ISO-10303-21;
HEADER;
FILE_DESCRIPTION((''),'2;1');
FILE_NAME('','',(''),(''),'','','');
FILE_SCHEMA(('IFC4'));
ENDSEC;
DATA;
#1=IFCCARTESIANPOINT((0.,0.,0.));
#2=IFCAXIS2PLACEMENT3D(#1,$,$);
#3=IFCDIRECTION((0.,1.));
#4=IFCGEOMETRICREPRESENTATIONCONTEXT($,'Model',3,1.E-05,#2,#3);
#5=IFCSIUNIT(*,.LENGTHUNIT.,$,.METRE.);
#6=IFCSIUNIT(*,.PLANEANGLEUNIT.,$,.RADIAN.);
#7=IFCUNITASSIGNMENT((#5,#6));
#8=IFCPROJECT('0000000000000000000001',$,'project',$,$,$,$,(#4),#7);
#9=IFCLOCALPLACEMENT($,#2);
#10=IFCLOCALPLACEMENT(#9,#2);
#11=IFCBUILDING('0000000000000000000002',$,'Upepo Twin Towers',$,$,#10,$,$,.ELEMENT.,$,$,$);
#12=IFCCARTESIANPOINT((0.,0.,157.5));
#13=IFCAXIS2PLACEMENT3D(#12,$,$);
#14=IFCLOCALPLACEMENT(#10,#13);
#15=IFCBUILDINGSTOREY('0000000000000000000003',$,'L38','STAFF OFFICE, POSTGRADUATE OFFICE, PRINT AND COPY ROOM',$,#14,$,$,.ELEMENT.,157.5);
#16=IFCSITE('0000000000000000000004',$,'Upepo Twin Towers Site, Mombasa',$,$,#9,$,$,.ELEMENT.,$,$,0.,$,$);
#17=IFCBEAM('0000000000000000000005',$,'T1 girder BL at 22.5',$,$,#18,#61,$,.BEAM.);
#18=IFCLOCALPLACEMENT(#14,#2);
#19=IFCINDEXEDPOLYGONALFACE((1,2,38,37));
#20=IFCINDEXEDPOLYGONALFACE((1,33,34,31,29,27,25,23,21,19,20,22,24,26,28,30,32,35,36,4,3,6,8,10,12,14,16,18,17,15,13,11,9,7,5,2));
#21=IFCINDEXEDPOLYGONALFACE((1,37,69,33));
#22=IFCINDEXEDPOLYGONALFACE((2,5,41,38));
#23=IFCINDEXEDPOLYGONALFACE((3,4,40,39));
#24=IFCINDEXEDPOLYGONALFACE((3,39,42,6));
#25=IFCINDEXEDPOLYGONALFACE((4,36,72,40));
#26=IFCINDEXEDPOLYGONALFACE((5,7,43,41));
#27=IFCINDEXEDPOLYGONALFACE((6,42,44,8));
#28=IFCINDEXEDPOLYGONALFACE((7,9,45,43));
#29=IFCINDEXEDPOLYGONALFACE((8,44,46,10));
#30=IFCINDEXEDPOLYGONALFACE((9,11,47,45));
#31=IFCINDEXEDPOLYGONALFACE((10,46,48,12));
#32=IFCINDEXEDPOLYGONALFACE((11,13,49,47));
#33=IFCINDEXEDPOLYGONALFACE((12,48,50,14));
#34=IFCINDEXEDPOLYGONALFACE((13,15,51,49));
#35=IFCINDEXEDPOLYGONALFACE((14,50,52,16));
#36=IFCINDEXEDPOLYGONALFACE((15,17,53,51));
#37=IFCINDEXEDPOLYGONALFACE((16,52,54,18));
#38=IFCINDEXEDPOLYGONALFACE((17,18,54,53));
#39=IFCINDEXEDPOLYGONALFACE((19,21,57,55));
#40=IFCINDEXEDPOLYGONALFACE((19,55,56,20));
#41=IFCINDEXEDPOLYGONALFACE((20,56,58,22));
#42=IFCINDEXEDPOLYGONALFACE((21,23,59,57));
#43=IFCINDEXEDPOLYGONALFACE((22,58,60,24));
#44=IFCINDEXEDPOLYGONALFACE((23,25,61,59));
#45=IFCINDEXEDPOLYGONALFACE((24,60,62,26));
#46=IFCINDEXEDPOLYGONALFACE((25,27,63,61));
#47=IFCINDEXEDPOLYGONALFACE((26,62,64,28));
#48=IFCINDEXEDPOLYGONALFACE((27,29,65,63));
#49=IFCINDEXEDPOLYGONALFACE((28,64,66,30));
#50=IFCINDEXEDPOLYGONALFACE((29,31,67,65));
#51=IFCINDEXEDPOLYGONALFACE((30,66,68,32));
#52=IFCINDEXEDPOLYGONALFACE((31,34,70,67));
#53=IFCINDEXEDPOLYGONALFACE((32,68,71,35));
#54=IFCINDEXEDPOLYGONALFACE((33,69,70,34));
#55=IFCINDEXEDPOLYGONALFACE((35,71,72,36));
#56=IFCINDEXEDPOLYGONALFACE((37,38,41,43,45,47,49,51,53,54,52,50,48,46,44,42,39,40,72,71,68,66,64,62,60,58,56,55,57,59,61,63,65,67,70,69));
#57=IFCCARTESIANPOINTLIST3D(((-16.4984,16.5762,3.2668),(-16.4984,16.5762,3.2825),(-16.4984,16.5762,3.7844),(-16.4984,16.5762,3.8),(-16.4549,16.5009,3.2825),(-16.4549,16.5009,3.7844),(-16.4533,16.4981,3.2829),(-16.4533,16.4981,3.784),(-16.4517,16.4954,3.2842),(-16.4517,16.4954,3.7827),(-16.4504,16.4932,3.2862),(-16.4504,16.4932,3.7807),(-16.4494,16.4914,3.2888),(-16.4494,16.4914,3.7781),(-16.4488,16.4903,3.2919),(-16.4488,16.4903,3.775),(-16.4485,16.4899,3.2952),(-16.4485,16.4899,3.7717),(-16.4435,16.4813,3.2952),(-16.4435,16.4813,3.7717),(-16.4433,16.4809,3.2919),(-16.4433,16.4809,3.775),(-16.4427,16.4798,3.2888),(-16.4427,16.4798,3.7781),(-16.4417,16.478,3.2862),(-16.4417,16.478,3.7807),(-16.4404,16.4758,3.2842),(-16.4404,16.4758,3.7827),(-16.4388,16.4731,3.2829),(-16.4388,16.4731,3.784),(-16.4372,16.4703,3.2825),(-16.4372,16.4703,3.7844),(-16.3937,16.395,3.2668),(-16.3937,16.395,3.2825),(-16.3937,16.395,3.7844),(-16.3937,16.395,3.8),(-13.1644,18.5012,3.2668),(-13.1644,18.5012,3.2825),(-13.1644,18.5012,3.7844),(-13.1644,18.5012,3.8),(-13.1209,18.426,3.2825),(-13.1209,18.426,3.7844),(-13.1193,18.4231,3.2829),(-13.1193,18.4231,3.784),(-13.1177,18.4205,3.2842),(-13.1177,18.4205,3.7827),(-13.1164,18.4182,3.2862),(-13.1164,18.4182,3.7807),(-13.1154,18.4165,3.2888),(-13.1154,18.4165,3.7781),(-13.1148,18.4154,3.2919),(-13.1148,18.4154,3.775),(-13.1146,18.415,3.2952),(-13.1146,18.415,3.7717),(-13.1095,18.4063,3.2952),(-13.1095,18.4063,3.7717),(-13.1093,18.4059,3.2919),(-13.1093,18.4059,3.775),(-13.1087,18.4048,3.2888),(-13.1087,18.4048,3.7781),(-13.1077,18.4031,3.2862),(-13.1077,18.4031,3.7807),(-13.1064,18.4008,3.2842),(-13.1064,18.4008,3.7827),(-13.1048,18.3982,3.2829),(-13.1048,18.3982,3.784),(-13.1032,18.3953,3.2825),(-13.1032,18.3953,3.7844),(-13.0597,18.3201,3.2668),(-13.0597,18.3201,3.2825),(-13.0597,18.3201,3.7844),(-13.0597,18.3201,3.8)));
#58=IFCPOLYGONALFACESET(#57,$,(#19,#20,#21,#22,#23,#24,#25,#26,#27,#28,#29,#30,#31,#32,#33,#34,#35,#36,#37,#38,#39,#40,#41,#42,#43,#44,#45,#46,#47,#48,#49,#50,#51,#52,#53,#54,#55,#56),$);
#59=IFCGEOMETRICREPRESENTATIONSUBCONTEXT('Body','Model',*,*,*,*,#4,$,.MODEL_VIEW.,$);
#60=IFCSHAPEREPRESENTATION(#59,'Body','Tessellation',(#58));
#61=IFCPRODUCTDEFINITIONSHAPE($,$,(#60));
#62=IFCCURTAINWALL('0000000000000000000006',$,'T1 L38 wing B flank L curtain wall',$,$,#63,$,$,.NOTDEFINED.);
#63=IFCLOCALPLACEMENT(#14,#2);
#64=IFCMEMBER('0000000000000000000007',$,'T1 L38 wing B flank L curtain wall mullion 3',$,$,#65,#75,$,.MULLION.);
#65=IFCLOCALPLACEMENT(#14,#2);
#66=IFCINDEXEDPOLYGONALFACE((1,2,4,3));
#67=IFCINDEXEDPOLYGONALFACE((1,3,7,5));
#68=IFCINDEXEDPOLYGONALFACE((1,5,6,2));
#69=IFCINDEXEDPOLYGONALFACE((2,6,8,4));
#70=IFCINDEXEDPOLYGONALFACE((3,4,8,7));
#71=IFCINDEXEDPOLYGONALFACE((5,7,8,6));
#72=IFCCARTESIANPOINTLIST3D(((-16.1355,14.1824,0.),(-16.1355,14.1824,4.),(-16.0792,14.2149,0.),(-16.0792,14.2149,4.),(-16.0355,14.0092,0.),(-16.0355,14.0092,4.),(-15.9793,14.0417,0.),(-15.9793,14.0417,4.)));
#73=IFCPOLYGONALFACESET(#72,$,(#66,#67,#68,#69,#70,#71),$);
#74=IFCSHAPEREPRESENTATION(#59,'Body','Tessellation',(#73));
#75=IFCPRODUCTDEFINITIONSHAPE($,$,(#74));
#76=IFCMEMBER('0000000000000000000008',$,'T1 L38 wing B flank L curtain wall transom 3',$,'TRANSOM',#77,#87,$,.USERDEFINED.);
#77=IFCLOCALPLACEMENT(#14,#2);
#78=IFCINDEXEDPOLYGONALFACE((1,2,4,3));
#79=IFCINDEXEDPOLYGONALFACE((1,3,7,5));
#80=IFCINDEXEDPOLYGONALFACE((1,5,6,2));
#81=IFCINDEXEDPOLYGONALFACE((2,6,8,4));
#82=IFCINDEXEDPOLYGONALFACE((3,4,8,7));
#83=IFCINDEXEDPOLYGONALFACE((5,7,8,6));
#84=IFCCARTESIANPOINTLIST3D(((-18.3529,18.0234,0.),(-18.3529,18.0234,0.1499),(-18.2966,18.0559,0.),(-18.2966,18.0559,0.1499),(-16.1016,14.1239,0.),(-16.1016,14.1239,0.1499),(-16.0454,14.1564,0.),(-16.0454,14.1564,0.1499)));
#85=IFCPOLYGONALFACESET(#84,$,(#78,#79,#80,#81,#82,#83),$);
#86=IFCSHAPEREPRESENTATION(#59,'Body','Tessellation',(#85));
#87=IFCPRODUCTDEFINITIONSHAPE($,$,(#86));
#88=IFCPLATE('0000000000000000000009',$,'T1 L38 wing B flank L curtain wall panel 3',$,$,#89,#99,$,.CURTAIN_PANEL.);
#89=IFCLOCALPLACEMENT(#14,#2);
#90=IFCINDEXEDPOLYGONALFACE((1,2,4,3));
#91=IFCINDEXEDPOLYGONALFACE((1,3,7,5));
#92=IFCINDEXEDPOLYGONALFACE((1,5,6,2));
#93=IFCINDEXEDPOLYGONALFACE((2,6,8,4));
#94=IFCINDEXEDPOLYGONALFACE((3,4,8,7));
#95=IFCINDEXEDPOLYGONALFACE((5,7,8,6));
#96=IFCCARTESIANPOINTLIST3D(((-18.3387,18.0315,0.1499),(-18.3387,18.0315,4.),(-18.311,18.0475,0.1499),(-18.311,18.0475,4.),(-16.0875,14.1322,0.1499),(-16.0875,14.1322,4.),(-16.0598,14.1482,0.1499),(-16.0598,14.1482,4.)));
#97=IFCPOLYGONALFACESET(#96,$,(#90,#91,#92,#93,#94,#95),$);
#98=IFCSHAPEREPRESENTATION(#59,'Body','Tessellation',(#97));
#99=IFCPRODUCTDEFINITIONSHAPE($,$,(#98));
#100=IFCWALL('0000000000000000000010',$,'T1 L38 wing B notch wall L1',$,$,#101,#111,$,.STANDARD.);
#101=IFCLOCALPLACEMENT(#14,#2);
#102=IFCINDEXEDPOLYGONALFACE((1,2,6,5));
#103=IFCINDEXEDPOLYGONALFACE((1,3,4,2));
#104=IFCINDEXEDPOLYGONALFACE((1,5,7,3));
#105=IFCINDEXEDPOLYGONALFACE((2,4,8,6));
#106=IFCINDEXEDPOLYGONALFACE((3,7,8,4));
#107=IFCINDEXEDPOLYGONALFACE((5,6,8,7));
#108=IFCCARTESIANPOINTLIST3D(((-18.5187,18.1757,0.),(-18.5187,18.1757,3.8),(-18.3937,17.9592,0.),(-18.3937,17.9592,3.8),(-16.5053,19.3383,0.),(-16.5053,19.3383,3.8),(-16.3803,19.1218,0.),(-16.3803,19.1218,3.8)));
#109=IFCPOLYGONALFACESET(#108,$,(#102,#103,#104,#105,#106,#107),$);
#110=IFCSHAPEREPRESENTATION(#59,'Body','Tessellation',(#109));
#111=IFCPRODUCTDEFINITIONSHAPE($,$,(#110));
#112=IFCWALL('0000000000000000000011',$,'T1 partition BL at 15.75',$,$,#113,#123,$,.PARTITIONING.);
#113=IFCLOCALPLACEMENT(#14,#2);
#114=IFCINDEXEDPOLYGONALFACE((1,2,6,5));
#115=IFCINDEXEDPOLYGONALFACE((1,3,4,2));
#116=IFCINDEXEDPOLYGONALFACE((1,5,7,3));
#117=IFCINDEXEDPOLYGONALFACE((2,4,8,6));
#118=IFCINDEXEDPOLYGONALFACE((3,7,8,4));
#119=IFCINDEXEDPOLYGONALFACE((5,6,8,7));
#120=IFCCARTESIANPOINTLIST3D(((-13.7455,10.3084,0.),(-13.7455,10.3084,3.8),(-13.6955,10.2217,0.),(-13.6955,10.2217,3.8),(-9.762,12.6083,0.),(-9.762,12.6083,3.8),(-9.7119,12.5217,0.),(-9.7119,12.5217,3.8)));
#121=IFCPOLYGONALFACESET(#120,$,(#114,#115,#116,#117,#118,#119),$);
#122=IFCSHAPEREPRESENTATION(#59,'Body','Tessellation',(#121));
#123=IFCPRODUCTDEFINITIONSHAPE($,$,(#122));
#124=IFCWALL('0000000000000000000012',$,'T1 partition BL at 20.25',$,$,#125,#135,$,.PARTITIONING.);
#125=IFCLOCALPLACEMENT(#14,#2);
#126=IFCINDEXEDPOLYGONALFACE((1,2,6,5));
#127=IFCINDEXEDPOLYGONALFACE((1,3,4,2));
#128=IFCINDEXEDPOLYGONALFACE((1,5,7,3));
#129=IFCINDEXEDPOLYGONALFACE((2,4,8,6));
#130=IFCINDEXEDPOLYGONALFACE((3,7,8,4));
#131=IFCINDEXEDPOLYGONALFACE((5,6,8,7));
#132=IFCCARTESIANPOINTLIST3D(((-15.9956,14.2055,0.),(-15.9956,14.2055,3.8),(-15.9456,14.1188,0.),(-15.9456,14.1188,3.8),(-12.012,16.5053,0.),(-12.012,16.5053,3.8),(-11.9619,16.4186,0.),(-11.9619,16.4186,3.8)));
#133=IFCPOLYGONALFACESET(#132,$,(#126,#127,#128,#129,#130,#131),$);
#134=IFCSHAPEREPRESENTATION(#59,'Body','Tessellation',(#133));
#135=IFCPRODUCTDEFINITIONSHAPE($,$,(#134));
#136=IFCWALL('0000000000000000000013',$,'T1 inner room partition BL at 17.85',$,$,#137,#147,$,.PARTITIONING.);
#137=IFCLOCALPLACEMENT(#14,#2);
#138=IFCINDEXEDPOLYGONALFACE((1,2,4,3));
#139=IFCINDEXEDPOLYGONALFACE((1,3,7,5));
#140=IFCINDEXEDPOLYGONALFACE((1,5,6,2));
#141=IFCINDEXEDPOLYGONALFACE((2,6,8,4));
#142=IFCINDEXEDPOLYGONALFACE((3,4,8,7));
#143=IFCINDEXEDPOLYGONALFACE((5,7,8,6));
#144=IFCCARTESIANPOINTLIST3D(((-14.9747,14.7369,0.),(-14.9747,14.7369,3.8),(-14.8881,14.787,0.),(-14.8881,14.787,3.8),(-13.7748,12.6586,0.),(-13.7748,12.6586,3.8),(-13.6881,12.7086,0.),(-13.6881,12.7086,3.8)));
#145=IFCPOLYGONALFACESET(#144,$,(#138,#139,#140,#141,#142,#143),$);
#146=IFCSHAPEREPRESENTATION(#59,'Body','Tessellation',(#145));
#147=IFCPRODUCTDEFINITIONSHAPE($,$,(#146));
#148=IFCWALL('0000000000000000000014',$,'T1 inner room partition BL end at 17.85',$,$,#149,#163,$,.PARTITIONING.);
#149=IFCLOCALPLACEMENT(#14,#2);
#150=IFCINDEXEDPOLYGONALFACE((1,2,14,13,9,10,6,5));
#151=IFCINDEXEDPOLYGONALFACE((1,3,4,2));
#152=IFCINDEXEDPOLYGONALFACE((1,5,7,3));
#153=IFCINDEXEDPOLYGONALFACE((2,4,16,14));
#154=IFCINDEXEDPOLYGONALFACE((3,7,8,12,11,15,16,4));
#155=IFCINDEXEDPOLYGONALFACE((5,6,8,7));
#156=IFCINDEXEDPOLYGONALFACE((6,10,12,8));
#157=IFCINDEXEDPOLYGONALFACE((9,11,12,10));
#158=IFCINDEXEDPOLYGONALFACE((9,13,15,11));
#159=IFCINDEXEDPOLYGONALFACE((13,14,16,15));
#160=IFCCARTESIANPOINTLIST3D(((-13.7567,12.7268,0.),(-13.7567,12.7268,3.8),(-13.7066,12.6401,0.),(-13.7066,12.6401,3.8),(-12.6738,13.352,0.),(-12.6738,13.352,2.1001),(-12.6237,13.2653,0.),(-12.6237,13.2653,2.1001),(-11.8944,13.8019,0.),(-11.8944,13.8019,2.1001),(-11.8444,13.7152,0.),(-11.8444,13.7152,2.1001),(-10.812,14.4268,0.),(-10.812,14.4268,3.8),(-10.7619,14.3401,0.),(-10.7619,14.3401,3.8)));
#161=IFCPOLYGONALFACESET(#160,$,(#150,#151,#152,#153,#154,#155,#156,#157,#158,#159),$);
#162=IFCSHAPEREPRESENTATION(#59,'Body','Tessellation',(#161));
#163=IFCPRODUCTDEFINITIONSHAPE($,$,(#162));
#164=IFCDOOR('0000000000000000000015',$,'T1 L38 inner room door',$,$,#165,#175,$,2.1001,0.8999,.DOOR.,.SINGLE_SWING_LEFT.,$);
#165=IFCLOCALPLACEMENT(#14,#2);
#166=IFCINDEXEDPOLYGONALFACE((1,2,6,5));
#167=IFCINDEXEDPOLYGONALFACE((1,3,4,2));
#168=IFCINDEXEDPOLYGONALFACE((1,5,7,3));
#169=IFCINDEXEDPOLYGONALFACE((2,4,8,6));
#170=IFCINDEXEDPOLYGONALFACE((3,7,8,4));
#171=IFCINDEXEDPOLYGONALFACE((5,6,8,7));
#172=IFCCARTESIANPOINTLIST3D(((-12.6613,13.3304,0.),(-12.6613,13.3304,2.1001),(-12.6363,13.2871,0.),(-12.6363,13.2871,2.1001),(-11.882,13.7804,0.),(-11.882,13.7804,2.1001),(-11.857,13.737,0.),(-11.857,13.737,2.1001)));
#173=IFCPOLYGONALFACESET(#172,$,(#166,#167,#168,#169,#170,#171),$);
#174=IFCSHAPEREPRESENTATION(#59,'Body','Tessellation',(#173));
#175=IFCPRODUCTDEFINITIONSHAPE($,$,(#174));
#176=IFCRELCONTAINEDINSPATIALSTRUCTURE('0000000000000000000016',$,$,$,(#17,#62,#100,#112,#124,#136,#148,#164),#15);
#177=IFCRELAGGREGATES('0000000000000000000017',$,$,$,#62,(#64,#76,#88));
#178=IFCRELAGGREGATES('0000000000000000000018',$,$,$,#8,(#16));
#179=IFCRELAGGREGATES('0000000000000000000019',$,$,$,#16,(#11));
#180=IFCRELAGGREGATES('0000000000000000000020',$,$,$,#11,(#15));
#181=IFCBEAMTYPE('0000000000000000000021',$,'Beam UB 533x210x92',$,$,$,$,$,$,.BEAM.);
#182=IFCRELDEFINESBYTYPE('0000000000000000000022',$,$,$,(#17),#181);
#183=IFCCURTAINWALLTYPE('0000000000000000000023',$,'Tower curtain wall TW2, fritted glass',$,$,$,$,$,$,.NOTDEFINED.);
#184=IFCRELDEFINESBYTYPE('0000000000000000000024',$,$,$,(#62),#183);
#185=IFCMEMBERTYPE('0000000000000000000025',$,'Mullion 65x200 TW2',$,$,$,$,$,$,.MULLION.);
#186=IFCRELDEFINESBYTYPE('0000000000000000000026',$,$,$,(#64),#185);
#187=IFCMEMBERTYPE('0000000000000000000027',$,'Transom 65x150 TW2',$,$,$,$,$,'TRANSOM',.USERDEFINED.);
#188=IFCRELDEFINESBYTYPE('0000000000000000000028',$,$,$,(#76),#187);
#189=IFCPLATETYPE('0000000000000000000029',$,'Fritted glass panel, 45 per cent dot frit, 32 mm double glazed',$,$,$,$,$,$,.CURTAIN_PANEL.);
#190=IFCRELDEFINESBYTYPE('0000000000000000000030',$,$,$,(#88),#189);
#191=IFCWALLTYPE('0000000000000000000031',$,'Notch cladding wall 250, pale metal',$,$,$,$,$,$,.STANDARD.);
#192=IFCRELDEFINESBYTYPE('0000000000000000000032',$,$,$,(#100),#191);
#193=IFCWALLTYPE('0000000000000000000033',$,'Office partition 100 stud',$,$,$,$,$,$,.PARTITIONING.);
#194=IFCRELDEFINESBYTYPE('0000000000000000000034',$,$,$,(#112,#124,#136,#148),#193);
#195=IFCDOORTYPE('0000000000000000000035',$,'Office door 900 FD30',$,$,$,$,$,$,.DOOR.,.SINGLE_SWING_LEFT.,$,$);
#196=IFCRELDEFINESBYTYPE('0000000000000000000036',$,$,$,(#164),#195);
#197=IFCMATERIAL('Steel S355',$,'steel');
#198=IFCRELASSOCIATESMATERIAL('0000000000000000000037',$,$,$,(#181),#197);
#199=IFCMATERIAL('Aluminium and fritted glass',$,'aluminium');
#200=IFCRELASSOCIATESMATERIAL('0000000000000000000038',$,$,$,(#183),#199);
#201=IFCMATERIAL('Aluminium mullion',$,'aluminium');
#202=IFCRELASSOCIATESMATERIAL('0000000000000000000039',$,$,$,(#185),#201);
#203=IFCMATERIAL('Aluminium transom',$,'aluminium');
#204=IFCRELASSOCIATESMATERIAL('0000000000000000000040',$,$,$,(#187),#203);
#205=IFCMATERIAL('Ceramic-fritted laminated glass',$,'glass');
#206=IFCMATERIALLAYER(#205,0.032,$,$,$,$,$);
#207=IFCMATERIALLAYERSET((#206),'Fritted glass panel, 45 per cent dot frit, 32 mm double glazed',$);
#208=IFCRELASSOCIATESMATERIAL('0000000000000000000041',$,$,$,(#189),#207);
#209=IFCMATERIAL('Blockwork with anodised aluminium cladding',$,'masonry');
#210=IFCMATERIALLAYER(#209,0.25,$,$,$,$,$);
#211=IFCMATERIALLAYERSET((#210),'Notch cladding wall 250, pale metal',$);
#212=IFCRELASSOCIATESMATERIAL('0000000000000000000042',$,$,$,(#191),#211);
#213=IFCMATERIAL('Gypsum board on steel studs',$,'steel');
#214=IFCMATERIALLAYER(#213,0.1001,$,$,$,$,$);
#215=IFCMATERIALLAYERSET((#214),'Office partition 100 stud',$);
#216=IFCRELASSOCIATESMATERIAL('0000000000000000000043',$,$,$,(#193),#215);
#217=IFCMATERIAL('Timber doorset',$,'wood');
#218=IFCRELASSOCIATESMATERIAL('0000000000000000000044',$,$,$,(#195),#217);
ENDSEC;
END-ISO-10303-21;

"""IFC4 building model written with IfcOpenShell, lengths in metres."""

from ifc_helpers import new_model, si_unit, direction, frame, frame_2d, origin, origin_2d, place, context, subcontext, project, spatial, rectangle, i_section, extrude, material, layer, layer_set, material_profile, profile_set, type_object, element, fill, aggregate, save


model = new_model("IFC4")

# Units and contexts
model_context = context("Model", 3, precision=1e-05, world=origin(), true_north=direction((0.0, 1.0)))
body_context = subcontext(model_context, "Body", "Model", "MODEL_VIEW")
ifc_project = project(units=[si_unit("LENGTHUNIT", "METRE"), si_unit("PLANEANGLEUNIT", "RADIAN")], contexts=[model_context])

# Site, building, storey
site_placement = place(None, origin())
site = spatial("IfcSite", under=ifc_project, at=site_placement, Name="Upepo Twin Towers Site, Mombasa", CompositionType="ELEMENT", RefElevation=0.0)
building_placement = place(site_placement, origin())
building = spatial("IfcBuilding", under=site, at=building_placement, Name="Upepo Twin Towers", CompositionType="ELEMENT")
storey_placement = place(building_placement, frame((0.0, 0.0, 157.5)))
storey = spatial("IfcBuildingStorey", under=building, at=storey_placement, Name="L38", Description="STAFF OFFICE, POSTGRADUATE OFFICE, PRINT AND COPY ROOM", CompositionType="ELEMENT", Elevation=157.5)

# Beam
ifc_material_1 = material(Name="Steel S355", Category="steel")
ifc_material_profile_1 = material_profile(ifc_material_1, i_section(OverallWidth=0.2092, OverallDepth=0.5332, WebThickness=0.01, FlangeThickness=0.0156, FilletRadius=0.0127, at=origin_2d()), Name="UB 533x210x92")
ifc_profile_set_1 = profile_set([ifc_material_profile_1], Name="Steel S355")
beam_type_1 = type_object("IfcBeamType", Name="Beam UB 533x210x92", PredefinedType="BEAM", material=ifc_profile_set_1)
for number, where, z_axis, x_axis, name in (
    (1, (-16.446, 16.4856, 3.5334), (0.866006, 0.500034, 0.0), (-0.500034, 0.866006, 0.0), "T1 girder BL at 22.5"),
):
    element("IfcBeam", number, at=place(storey_placement, frame(where, z_axis=z_axis, x_axis=x_axis)), inside=storey, type_object=beam_type_1, Name=name, PredefinedType="BEAM", context=body_context, shape_type="SweptSolid", body=[
        extrude(i_section(OverallWidth=0.2092, OverallDepth=0.5332, WebThickness=0.01, FlangeThickness=0.0156, FilletRadius=0.0127, at=origin_2d()), origin(), (0.0, 0.0, 1.0), 3.8499),
    ])

# Curtain wall, members, plate
ifc_material_2 = material(Name="Aluminium and fritted glass", Category="aluminium")
curtain_wall_type = type_object("IfcCurtainWallType", Name="Tower curtain wall TW2, fritted glass", PredefinedType="NOTDEFINED", material=ifc_material_2)
curtain_wall_placement = place(storey_placement, origin())
curtain_wall = element("IfcCurtainWall", 2, at=curtain_wall_placement, inside=storey, type_object=curtain_wall_type, Name="T1 L38 wing B flank L curtain wall", PredefinedType="NOTDEFINED")
ifc_material_3 = material(Name="Aluminium mullion", Category="aluminium")
ifc_material_profile_2 = material_profile(ifc_material_3, rectangle(XDim=0.0649, YDim=0.2, at=origin_2d()), Name="MULLION 65x200")
ifc_profile_set_2 = profile_set([ifc_material_profile_2], Name="Aluminium mullion")
member_type_1 = type_object("IfcMemberType", Name="Mullion 65x200 TW2", PredefinedType="MULLION", material=ifc_profile_set_2)
member_1_placement = place(storey_placement, frame((-16.0574, 14.1121, 0.0), z_axis=(0.0, 0.0, 1.0), x_axis=(-0.866025, -0.5, 0.0)))
member_1 = element("IfcMember", 3, at=member_1_placement, type_object=member_type_1, Name="T1 L38 wing B flank L curtain wall mullion 3", PredefinedType="MULLION", context=body_context, shape_type="SweptSolid", body=[
    extrude(rectangle(XDim=0.0649, YDim=0.2, at=origin_2d()), origin(), (0.0, 0.0, 1.0), 4.0),
])
ifc_material_4 = material(Name="Aluminium transom", Category="aluminium")
ifc_material_profile_3 = material_profile(ifc_material_4, rectangle(XDim=0.0649, YDim=0.1499, at=origin_2d()), Name="TRANSOM 65x150")
ifc_profile_set_3 = profile_set([ifc_material_profile_3], Name="Aluminium transom")
member_type_2 = type_object("IfcMemberType", Name="Transom 65x150 TW2", ElementType="TRANSOM", PredefinedType="USERDEFINED", material=ifc_profile_set_3)
member_2_placement = place(storey_placement, frame((-16.0735, 14.1401, 0.075), z_axis=(-0.499982, 0.866036, 0.0), x_axis=(-0.866036, -0.499982, 0.0)))
member_2 = element("IfcMember", 4, at=member_2_placement, type_object=member_type_2, Name="T1 L38 wing B flank L curtain wall transom 3", ObjectType="TRANSOM", PredefinedType="USERDEFINED", context=body_context, shape_type="SweptSolid", body=[
    extrude(rectangle(XDim=0.0649, YDim=0.1499, at=origin_2d()), origin(), (0.0, 0.0, 1.0), 4.5027),
])
ifc_material_5 = material(Name="Ceramic-fritted laminated glass", Category="glass")
ifc_layer_1 = layer(ifc_material_5, 0.032)
ifc_layer_set_1 = layer_set([ifc_layer_1], Name="Fritted glass panel, 45 per cent dot frit, 32 mm double glazed")
plate_type = type_object("IfcPlateType", Name="Fritted glass panel, 45 per cent dot frit, 32 mm double glazed", PredefinedType="CURTAIN_PANEL", material=ifc_layer_set_1)
plate_placement = place(storey_placement, frame((-17.1992, 16.0898, 0.1499), z_axis=(0.0, 0.0, 1.0), x_axis=(-0.5, 0.866025, 0.0)))
plate = element("IfcPlate", 5, at=plate_placement, type_object=plate_type, Name="T1 L38 wing B flank L curtain wall panel 3", PredefinedType="CURTAIN_PANEL", context=body_context, shape_type="SweptSolid", body=[
    extrude(rectangle(XDim=4.5024, YDim=0.032, at=origin_2d()), origin(), (0.0, 0.0, 1.0), 3.8501),
])
aggregate(curtain_wall, [member_1, member_2, plate])

# Walls
ifc_material_6 = material(Name="Blockwork with anodised aluminium cladding", Category="masonry")
ifc_layer_2 = layer(ifc_material_6, 0.25)
ifc_layer_set_2 = layer_set([ifc_layer_2], Name="Notch cladding wall 250, pale metal")
wall_type_1 = type_object("IfcWallType", Name="Notch cladding wall 250, pale metal", PredefinedType="STANDARD", material=ifc_layer_set_2)
wall_1_placement = place(storey_placement, frame((-18.4563, 18.0674, 0.0), z_axis=(0.0, 0.0, 1.0), x_axis=(0.865998, 0.500047, 0.0)))
element("IfcWall", 6, at=wall_1_placement, inside=storey, type_object=wall_type_1, Name="T1 L38 wing B notch wall L1", PredefinedType="STANDARD", context=body_context, shape_type="SweptSolid", body=[
    extrude(rectangle(XDim=2.325, YDim=0.25, at=frame_2d((1.1626, 0.0))), origin(), (0.0, 0.0, 1.0), 3.8),
])
ifc_material_7 = material(Name="Gypsum board on steel studs", Category="steel")
ifc_layer_3 = layer(ifc_material_7, 0.1001)
ifc_layer_set_3 = layer_set([ifc_layer_3], Name="Office partition 100 stud")
wall_type_2 = type_object("IfcWallType", Name="Office partition 100 stud", PredefinedType="PARTITIONING", material=ifc_layer_set_3)
for number, where, z_axis, x_axis, name in (
    (7, (-9.7371, 12.5649, 0.0), (0.0, 0.0, 1.0), (-0.866017, -0.500015, 0.0), "T1 partition BL at 15.75"),
    (8, (-11.9871, 16.4619, 0.0), (0.0, 0.0, 1.0), (-0.86604, -0.499975, 0.0), "T1 partition BL at 20.25"),
):
    element("IfcWall", number, at=place(storey_placement, frame(where, z_axis=z_axis, x_axis=x_axis)), inside=storey, type_object=wall_type_2, Name=name, PredefinedType="PARTITIONING", context=body_context, shape_type="SweptSolid", body=[
        extrude(rectangle(XDim=4.5999, YDim=0.1001, at=frame_2d((2.2998, 0.0))), origin(), (0.0, 0.0, 1.0), 3.8),
    ])
wall_2_placement = place(storey_placement, frame((-13.7314, 12.6836, 0.0), z_axis=(0.0, 0.0, 1.0), x_axis=(-0.500001, 0.866025, 0.0)))
element("IfcWall", 9, at=wall_2_placement, inside=storey, type_object=wall_type_2, Name="T1 inner room partition BL at 17.85", PredefinedType="PARTITIONING", context=body_context, shape_type="SweptSolid", body=[
    extrude(rectangle(XDim=2.3999, YDim=0.1001, at=frame_2d((1.2, 0.0))), origin(), (0.0, 0.0, 1.0), 3.8),
])

# Wall, opening, door
wall_3_placement = place(storey_placement, frame((-10.7869, 14.3835, 0.0), z_axis=(0.0, 0.0, 1.0), x_axis=(-0.866039, -0.499977, 0.0)))
wall_3 = element("IfcWall", 10, at=wall_3_placement, inside=storey, type_object=wall_type_2, Name="T1 inner room partition BL end at 17.85", PredefinedType="PARTITIONING", context=body_context, shape_type="SweptSolid", body=[
    extrude(rectangle(XDim=3.4001, YDim=0.1001, at=frame_2d((1.7002, 0.0))), origin(), (0.0, 0.0, 1.0), 3.8),
])
opening_placement = place(wall_3_placement, frame((1.25, 0.0, 0.0)))
opening = element("IfcOpeningElement", 11, at=opening_placement, cuts=wall_3, PredefinedType="OPENING", context=body_context, shape_type="SweptSolid", body=[
    extrude(rectangle(XDim=0.8999, YDim=2.1001, at=frame_2d((0.45, 1.05))), frame((0.0, 0.0601, 0.0), z_axis=(0.0, -1.0, 0.0), x_axis=(1.0, 0.0, 0.0)), (0.0, 0.0, 1.0), 0.1201),
])
ifc_material_8 = material(Name="Timber doorset", Category="wood")
door_type = type_object("IfcDoorType", Name="Office door 900 FD30", OperationType="SINGLE_SWING_LEFT", PredefinedType="DOOR", material=ifc_material_8)
door_placement = place(opening_placement, origin())
door = element("IfcDoor", 12, at=door_placement, inside=storey, type_object=door_type, Name="T1 L38 inner room door", OperationType="SINGLE_SWING_LEFT", OverallHeight=2.1001, OverallWidth=0.8999, PredefinedType="DOOR", context=body_context, shape_type="SweptSolid", body=[
    extrude(rectangle(XDim=0.8999, YDim=2.1001, at=frame_2d((0.45, 1.05))), frame((0.0, 0.0249, 0.0), z_axis=(0.0, -1.0, 0.0), x_axis=(1.0, 0.0, 0.0)), (0.0, 0.0, 1.0), 0.05),
])
fill(opening, door)

save(model, "model.ifc")
